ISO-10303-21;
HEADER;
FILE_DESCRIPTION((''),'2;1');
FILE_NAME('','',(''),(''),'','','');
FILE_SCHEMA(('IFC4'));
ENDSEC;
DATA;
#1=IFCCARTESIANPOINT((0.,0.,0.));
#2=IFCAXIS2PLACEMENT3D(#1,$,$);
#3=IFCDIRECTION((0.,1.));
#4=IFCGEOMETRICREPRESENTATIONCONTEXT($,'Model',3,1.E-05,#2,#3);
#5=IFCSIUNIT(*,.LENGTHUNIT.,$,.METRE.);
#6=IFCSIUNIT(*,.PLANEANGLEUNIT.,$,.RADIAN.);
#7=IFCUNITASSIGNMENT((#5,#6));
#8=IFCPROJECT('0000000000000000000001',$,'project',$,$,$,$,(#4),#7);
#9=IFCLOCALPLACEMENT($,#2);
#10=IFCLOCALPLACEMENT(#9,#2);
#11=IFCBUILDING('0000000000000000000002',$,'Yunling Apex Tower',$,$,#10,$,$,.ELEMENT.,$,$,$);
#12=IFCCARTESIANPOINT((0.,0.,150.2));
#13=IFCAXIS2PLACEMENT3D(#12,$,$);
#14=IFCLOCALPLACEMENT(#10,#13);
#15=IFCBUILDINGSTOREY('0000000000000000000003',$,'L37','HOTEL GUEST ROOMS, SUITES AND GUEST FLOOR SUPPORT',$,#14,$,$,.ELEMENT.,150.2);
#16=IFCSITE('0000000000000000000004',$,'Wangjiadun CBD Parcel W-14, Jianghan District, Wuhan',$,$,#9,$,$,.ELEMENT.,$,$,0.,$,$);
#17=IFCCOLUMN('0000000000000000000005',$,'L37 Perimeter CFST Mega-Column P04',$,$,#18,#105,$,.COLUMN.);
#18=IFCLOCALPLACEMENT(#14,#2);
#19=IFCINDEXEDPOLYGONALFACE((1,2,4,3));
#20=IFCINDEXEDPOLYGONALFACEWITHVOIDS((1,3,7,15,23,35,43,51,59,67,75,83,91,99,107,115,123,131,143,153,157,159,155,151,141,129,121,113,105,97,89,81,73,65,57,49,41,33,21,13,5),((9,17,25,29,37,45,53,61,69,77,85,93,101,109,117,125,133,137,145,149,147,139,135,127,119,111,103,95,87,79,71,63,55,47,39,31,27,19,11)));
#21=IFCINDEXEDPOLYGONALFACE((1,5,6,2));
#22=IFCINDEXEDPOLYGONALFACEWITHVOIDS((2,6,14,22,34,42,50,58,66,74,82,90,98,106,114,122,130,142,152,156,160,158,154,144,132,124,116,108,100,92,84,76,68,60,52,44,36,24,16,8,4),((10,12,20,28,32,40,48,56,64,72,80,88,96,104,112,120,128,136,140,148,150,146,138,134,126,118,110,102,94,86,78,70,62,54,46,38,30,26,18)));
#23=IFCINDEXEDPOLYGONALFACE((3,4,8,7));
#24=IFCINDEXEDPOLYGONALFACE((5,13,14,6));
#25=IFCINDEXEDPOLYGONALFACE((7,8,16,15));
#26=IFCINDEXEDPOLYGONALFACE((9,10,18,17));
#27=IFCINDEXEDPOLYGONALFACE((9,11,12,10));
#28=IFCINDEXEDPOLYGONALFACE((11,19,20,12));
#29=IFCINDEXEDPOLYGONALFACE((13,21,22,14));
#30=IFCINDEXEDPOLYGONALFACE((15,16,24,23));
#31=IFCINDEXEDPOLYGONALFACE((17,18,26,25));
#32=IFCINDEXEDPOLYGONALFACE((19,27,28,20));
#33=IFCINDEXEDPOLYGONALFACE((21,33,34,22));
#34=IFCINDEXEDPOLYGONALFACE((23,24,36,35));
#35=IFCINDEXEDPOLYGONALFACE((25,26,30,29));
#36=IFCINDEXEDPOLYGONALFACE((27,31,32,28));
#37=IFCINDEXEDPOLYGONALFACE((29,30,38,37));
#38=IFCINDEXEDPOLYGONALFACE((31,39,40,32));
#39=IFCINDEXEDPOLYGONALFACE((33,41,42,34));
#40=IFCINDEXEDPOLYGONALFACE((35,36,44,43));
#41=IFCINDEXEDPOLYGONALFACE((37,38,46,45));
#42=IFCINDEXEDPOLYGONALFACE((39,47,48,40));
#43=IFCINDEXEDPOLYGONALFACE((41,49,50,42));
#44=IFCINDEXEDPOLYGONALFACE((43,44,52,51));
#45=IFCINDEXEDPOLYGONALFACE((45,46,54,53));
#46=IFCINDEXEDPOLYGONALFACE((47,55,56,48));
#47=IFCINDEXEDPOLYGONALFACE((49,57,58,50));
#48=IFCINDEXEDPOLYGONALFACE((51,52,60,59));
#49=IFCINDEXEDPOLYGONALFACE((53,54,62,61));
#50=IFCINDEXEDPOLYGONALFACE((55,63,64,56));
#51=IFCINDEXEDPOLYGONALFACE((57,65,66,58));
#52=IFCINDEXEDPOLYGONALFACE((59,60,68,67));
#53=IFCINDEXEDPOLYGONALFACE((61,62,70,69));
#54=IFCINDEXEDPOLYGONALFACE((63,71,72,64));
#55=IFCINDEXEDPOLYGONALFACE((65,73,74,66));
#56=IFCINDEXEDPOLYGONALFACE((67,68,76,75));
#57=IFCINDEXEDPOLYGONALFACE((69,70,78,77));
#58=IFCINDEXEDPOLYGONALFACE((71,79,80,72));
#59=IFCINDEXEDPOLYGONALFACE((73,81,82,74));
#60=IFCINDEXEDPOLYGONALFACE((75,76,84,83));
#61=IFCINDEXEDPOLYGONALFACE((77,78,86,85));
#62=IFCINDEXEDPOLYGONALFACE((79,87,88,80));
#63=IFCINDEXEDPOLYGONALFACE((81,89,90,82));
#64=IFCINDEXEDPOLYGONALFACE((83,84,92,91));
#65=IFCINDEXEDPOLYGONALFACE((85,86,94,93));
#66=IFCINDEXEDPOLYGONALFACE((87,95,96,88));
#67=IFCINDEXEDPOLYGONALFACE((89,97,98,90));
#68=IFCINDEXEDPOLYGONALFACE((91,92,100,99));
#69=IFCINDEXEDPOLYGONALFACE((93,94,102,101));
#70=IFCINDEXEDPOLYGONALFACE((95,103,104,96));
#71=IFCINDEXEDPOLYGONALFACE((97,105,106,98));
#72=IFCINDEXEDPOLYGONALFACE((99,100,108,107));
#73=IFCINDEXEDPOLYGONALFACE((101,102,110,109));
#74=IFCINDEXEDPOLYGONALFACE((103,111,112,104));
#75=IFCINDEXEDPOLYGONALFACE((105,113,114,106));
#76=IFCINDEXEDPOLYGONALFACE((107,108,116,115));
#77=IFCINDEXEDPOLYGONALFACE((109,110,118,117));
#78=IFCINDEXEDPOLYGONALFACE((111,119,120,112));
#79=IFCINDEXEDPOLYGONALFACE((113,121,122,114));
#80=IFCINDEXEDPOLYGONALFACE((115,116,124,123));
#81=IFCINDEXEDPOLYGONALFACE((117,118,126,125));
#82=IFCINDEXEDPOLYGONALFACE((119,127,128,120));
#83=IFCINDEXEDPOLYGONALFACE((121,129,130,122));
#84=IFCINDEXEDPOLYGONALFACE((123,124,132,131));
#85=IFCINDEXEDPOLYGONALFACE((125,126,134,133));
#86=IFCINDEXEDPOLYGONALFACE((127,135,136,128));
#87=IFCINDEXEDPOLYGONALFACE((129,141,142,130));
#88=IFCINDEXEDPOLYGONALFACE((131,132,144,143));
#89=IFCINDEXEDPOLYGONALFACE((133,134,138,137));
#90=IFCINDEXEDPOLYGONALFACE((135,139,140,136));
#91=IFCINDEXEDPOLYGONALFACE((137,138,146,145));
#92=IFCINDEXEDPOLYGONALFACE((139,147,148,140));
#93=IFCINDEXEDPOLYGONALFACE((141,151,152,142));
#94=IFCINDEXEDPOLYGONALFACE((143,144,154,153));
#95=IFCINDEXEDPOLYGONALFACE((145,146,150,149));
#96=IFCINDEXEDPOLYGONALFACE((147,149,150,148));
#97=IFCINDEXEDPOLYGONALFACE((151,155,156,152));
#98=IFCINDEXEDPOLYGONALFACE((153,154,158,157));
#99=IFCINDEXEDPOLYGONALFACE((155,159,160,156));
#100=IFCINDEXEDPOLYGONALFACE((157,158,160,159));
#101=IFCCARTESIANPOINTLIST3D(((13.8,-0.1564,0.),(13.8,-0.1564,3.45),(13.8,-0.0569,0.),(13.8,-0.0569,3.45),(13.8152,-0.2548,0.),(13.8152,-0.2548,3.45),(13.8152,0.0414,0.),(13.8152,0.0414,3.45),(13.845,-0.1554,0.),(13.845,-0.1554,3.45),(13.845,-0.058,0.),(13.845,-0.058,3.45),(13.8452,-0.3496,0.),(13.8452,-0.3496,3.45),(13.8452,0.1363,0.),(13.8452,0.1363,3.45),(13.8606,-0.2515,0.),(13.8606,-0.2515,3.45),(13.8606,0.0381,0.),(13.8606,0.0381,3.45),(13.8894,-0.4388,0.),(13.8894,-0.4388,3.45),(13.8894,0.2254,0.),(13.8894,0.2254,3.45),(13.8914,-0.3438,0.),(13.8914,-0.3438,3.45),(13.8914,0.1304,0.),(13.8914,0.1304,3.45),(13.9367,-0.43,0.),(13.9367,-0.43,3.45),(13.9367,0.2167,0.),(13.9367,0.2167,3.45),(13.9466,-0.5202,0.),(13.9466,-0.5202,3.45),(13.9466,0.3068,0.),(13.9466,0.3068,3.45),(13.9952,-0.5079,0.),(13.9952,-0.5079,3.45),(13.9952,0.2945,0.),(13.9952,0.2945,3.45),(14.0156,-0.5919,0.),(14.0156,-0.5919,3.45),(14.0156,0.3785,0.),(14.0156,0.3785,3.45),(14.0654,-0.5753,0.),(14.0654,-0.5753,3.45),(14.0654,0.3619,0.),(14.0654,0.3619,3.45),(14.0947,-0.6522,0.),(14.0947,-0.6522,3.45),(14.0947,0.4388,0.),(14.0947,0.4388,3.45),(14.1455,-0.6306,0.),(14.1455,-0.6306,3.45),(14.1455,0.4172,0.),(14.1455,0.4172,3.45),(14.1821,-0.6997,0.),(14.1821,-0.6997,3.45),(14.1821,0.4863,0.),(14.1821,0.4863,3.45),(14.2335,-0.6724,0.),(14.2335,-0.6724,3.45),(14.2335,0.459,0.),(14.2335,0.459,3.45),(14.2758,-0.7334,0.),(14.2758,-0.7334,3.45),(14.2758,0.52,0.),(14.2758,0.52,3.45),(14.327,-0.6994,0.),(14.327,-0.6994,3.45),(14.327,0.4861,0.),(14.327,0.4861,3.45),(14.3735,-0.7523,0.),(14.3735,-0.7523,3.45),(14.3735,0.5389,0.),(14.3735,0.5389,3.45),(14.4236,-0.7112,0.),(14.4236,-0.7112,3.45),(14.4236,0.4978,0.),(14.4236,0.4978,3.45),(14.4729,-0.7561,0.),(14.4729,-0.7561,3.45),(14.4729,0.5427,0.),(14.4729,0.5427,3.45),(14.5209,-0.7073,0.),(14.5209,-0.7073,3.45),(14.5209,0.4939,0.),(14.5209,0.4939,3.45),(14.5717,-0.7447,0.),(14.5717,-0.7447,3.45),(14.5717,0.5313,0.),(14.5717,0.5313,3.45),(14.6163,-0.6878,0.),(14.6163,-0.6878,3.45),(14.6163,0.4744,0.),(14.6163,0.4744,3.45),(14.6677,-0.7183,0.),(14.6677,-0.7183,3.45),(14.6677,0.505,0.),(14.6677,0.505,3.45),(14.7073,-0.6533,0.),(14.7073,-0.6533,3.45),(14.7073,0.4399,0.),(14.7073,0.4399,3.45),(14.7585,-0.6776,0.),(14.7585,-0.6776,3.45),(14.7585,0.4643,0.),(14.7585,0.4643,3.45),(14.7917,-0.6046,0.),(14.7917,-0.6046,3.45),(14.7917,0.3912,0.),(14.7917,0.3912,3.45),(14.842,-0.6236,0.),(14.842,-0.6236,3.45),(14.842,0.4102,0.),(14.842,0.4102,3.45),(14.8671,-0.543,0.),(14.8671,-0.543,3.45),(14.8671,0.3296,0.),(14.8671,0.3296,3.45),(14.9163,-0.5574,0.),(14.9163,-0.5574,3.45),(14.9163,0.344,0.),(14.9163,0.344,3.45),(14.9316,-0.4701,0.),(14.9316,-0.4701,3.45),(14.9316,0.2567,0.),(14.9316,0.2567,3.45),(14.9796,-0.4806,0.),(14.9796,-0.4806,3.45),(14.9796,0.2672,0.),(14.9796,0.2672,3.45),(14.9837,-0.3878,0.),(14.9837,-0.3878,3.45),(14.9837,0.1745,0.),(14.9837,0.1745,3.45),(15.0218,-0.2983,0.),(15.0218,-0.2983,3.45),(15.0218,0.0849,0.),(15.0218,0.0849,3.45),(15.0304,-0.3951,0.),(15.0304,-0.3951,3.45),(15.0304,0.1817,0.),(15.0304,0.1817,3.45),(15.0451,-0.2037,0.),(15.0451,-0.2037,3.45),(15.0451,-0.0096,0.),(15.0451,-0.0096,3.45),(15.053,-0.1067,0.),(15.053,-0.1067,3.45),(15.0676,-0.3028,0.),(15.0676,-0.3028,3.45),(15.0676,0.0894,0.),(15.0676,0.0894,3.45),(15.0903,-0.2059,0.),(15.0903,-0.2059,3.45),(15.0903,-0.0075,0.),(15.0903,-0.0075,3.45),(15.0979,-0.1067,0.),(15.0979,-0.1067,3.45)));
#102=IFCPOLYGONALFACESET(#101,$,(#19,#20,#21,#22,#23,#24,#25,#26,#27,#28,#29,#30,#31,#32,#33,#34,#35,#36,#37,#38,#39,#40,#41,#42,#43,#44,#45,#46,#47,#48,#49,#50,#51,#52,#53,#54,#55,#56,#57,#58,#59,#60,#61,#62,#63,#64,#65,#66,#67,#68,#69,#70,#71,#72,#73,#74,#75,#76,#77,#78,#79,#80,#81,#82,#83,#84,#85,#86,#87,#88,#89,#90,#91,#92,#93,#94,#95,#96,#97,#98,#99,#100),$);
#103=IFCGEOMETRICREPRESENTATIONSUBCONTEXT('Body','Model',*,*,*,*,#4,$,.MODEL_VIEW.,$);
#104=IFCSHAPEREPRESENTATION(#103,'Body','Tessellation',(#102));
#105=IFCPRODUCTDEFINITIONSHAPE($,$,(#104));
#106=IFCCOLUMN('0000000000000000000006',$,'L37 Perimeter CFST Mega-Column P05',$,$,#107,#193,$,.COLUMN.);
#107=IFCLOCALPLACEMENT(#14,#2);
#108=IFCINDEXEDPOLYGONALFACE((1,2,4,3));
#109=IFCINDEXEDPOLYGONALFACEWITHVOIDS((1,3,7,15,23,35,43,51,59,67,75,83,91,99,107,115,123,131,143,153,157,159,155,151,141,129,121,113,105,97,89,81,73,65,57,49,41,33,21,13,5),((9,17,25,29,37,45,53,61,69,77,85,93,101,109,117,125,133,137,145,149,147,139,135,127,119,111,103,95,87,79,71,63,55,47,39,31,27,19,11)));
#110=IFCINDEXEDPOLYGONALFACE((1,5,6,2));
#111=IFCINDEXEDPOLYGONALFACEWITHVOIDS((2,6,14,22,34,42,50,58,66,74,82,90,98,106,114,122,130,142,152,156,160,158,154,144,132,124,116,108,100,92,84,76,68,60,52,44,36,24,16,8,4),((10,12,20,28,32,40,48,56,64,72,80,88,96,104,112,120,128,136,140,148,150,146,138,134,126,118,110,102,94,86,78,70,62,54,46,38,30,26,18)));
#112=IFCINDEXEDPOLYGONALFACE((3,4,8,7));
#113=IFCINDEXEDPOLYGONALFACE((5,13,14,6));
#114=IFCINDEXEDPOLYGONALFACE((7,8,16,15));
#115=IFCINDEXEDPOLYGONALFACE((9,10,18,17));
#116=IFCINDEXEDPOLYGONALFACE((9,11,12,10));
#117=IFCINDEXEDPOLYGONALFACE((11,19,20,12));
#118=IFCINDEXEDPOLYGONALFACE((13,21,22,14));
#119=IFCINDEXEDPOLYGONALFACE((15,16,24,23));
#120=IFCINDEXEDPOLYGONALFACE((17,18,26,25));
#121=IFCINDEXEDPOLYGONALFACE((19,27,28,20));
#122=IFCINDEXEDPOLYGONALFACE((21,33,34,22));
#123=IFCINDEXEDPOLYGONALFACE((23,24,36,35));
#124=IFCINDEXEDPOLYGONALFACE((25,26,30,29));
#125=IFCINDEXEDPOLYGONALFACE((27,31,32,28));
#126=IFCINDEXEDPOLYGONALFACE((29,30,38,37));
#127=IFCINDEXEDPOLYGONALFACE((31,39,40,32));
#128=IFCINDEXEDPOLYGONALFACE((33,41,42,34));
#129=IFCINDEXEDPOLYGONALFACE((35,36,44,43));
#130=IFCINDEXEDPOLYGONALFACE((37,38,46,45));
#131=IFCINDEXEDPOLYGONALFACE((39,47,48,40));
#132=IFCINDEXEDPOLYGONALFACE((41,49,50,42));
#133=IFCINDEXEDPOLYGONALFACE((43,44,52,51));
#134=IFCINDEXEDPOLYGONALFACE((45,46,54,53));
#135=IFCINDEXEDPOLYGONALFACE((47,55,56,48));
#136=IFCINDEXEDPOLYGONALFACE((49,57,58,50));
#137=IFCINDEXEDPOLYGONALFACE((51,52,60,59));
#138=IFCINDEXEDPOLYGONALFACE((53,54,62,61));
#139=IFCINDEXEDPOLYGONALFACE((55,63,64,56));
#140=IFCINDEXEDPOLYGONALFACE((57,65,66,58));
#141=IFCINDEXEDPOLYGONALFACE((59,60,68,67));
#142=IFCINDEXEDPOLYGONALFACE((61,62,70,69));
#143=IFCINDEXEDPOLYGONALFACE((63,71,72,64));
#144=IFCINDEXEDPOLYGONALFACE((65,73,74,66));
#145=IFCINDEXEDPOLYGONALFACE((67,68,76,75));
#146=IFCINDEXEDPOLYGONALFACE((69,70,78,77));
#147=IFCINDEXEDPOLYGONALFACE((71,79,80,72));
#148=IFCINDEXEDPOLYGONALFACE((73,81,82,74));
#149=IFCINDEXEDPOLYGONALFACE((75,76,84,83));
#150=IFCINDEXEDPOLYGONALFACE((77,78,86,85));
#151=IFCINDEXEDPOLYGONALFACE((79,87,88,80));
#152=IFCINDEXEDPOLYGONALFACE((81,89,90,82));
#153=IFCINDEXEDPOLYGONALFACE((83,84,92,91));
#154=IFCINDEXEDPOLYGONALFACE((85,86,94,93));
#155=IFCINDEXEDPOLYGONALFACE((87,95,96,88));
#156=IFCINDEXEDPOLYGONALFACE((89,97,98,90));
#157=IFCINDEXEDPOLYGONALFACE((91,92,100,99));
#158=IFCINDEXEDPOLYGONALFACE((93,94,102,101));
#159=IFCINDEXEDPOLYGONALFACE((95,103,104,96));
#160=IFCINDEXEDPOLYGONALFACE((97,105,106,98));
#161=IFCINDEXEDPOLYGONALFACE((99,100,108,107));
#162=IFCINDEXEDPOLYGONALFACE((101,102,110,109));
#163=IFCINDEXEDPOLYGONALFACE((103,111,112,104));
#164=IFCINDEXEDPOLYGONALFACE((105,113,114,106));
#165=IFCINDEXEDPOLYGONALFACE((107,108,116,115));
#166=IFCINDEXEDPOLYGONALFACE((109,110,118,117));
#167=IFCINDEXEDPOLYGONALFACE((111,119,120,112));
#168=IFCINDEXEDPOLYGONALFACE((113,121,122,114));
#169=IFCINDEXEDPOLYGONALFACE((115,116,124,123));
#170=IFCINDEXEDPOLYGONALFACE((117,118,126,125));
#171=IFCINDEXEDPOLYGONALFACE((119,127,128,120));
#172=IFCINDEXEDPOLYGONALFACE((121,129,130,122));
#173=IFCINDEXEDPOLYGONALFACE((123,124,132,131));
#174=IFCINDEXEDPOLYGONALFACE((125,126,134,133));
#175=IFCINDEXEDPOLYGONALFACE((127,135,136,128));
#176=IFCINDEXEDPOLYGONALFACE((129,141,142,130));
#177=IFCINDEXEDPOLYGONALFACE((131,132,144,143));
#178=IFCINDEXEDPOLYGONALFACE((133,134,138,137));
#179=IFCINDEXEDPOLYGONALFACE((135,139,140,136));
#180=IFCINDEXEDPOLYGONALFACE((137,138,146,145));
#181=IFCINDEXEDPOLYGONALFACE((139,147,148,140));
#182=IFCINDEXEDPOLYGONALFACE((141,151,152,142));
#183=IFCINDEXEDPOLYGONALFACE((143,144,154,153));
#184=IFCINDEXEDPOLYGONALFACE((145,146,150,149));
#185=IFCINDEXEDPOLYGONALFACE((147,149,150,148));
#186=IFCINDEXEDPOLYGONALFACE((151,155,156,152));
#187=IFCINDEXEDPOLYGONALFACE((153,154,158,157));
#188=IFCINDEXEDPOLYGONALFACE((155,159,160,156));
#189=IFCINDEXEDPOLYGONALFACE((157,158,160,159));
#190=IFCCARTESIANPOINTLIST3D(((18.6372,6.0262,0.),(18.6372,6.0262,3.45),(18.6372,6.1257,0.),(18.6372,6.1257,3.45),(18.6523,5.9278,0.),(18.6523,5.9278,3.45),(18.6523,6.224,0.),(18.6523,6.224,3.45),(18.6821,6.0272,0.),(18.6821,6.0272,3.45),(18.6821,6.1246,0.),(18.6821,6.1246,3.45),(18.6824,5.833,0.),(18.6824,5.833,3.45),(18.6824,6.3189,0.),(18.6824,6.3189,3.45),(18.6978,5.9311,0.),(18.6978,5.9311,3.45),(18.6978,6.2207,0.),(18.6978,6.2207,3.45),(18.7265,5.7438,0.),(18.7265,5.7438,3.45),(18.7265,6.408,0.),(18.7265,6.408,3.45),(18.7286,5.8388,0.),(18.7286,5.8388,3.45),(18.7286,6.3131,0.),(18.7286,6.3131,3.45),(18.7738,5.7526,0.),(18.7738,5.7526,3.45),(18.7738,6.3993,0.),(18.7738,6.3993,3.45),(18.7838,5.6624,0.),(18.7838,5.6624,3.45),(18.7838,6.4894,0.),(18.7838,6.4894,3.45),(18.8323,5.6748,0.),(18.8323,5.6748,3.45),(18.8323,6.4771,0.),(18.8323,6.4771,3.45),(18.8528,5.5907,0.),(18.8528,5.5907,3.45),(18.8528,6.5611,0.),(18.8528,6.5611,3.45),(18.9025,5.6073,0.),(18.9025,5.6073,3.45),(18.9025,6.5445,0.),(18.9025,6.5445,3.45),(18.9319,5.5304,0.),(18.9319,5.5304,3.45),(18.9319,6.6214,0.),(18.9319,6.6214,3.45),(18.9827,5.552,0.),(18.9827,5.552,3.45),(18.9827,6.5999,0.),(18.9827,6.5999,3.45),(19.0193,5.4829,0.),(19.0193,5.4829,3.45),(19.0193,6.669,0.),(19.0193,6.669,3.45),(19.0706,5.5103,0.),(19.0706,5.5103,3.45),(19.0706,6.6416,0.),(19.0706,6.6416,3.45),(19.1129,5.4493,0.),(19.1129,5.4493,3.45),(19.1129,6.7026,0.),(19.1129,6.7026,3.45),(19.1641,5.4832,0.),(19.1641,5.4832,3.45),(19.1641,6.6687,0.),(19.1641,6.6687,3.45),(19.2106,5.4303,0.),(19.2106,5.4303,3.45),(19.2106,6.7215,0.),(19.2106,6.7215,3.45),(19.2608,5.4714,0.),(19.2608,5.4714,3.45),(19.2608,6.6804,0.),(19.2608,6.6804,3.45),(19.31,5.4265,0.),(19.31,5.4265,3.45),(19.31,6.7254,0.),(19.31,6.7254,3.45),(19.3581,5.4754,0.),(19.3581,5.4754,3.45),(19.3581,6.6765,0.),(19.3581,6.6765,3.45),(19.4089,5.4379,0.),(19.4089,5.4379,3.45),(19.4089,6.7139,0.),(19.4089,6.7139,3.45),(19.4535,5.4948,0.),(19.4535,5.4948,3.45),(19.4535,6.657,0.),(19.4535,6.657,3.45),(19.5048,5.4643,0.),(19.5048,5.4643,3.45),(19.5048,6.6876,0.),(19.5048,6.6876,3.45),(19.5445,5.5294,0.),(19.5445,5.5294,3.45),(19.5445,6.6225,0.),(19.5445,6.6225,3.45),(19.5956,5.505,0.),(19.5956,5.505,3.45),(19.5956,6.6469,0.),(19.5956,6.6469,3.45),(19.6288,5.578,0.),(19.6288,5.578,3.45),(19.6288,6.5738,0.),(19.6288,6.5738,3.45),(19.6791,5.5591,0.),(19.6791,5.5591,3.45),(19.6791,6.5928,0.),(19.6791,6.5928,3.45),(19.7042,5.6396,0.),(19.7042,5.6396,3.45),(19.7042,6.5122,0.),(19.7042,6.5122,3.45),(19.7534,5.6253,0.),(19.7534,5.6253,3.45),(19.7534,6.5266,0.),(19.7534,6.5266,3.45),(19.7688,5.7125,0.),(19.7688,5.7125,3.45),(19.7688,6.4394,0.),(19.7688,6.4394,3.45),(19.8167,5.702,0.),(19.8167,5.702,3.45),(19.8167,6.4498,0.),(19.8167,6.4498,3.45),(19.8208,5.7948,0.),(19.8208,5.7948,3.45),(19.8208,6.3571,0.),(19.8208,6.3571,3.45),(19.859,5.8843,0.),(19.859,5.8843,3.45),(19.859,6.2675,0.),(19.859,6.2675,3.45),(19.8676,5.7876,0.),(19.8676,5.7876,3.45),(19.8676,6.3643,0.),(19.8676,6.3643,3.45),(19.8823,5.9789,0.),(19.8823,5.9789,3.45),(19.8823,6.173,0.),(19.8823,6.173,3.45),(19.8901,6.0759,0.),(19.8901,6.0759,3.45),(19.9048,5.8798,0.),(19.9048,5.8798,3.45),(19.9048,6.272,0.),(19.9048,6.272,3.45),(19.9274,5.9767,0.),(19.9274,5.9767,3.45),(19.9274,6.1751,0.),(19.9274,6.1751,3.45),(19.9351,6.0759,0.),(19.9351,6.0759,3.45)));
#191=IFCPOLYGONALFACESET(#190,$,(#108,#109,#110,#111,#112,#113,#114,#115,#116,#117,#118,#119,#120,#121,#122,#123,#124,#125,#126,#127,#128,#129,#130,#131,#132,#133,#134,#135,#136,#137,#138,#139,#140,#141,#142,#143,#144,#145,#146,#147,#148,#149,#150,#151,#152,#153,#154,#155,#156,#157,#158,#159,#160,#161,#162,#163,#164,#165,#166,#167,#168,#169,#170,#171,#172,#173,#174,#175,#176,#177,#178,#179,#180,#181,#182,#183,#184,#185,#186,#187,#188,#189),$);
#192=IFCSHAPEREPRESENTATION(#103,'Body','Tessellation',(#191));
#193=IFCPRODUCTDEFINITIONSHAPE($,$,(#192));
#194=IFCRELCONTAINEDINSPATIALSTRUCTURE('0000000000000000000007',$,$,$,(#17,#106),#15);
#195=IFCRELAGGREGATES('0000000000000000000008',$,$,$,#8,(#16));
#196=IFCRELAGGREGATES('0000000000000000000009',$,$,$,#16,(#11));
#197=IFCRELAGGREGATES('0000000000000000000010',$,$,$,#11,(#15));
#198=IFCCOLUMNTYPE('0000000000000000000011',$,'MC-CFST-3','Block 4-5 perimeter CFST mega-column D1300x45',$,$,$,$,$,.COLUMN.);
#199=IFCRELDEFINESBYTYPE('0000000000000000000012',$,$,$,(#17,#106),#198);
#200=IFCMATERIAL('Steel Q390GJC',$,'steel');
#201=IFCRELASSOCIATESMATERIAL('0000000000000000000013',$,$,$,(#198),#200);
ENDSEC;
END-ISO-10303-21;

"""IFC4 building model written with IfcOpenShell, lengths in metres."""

from ifc_helpers import new_model, si_unit, direction, frame, origin, origin_2d, place, context, subcontext, project, spatial, hollow_circle, extrude, source, transform, mapped, material, material_profile, profile_set, type_object, element, save


model = new_model("IFC4")

# Units and contexts
model_context = context("Model", 3, precision=1e-05, world=origin(), true_north=direction((0.0, 1.0)))
body_context = subcontext(model_context, "Body", "Model", "MODEL_VIEW")
ifc_project = project(units=[si_unit("LENGTHUNIT", "METRE"), si_unit("PLANEANGLEUNIT", "RADIAN")], contexts=[model_context])

# Site, building, storey
site_placement = place(None, origin())
site = spatial("IfcSite", under=ifc_project, at=site_placement, Name="Wangjiadun CBD Parcel W-14, Jianghan District, Wuhan", CompositionType="ELEMENT", RefElevation=0.0)
building_placement = place(site_placement, origin())
building = spatial("IfcBuilding", under=site, at=building_placement, Name="Yunling Apex Tower", CompositionType="ELEMENT")
storey_placement = place(building_placement, frame((0.0, 0.0, 150.2)))
storey = spatial("IfcBuildingStorey", under=building, at=storey_placement, Name="L37", Description="HOTEL GUEST ROOMS, SUITES AND GUEST FLOOR SUPPORT", CompositionType="ELEMENT", Elevation=150.2)

# Columns
ifc_material_1 = material(Name="Steel Q390GJC", Category="steel")
ifc_material_profile_1 = material_profile(ifc_material_1, hollow_circle(Radius=0.6499, WallThickness=0.0449, at=origin_2d()))
ifc_profile_set_1 = profile_set([ifc_material_profile_1], Name="Steel Q390GJC")
column_type = type_object("IfcColumnType", Name="MC-CFST-3", Description="Block 4-5 perimeter CFST mega-column D1300x45", PredefinedType="COLUMN", material=ifc_profile_set_1)
shared_shape_1 = source(origin(), body_context, "Body", "SweptSolid", [
    extrude(hollow_circle(Radius=0.6499, WallThickness=0.0449, at=origin_2d()), origin(), (0.0, 0.0, 1.0), 3.45),
])
for number, where, z_axis, x_axis, name in (
    (1, (14.448, -0.1067, 0.0), (0.0, 0.0, 1.0), (1.0, 0.0, 0.0), "L37 Perimeter CFST Mega-Column P04"),
    (2, (19.2852, 6.0759, 0.0), (0.0, 0.0, 1.0), (1.0, 0.0, 0.0), "L37 Perimeter CFST Mega-Column P05"),
):
    element("IfcColumn", number, at=place(storey_placement, frame(where, z_axis=z_axis, x_axis=x_axis)), inside=storey, type_object=column_type, Name=name, PredefinedType="COLUMN", context=body_context, shape_type="MappedRepresentation", body=[
        mapped(shared_shape_1, transform((0.0, 0.0, 0.0), scale=1.0)),
    ])

save(model, "model.ifc")
